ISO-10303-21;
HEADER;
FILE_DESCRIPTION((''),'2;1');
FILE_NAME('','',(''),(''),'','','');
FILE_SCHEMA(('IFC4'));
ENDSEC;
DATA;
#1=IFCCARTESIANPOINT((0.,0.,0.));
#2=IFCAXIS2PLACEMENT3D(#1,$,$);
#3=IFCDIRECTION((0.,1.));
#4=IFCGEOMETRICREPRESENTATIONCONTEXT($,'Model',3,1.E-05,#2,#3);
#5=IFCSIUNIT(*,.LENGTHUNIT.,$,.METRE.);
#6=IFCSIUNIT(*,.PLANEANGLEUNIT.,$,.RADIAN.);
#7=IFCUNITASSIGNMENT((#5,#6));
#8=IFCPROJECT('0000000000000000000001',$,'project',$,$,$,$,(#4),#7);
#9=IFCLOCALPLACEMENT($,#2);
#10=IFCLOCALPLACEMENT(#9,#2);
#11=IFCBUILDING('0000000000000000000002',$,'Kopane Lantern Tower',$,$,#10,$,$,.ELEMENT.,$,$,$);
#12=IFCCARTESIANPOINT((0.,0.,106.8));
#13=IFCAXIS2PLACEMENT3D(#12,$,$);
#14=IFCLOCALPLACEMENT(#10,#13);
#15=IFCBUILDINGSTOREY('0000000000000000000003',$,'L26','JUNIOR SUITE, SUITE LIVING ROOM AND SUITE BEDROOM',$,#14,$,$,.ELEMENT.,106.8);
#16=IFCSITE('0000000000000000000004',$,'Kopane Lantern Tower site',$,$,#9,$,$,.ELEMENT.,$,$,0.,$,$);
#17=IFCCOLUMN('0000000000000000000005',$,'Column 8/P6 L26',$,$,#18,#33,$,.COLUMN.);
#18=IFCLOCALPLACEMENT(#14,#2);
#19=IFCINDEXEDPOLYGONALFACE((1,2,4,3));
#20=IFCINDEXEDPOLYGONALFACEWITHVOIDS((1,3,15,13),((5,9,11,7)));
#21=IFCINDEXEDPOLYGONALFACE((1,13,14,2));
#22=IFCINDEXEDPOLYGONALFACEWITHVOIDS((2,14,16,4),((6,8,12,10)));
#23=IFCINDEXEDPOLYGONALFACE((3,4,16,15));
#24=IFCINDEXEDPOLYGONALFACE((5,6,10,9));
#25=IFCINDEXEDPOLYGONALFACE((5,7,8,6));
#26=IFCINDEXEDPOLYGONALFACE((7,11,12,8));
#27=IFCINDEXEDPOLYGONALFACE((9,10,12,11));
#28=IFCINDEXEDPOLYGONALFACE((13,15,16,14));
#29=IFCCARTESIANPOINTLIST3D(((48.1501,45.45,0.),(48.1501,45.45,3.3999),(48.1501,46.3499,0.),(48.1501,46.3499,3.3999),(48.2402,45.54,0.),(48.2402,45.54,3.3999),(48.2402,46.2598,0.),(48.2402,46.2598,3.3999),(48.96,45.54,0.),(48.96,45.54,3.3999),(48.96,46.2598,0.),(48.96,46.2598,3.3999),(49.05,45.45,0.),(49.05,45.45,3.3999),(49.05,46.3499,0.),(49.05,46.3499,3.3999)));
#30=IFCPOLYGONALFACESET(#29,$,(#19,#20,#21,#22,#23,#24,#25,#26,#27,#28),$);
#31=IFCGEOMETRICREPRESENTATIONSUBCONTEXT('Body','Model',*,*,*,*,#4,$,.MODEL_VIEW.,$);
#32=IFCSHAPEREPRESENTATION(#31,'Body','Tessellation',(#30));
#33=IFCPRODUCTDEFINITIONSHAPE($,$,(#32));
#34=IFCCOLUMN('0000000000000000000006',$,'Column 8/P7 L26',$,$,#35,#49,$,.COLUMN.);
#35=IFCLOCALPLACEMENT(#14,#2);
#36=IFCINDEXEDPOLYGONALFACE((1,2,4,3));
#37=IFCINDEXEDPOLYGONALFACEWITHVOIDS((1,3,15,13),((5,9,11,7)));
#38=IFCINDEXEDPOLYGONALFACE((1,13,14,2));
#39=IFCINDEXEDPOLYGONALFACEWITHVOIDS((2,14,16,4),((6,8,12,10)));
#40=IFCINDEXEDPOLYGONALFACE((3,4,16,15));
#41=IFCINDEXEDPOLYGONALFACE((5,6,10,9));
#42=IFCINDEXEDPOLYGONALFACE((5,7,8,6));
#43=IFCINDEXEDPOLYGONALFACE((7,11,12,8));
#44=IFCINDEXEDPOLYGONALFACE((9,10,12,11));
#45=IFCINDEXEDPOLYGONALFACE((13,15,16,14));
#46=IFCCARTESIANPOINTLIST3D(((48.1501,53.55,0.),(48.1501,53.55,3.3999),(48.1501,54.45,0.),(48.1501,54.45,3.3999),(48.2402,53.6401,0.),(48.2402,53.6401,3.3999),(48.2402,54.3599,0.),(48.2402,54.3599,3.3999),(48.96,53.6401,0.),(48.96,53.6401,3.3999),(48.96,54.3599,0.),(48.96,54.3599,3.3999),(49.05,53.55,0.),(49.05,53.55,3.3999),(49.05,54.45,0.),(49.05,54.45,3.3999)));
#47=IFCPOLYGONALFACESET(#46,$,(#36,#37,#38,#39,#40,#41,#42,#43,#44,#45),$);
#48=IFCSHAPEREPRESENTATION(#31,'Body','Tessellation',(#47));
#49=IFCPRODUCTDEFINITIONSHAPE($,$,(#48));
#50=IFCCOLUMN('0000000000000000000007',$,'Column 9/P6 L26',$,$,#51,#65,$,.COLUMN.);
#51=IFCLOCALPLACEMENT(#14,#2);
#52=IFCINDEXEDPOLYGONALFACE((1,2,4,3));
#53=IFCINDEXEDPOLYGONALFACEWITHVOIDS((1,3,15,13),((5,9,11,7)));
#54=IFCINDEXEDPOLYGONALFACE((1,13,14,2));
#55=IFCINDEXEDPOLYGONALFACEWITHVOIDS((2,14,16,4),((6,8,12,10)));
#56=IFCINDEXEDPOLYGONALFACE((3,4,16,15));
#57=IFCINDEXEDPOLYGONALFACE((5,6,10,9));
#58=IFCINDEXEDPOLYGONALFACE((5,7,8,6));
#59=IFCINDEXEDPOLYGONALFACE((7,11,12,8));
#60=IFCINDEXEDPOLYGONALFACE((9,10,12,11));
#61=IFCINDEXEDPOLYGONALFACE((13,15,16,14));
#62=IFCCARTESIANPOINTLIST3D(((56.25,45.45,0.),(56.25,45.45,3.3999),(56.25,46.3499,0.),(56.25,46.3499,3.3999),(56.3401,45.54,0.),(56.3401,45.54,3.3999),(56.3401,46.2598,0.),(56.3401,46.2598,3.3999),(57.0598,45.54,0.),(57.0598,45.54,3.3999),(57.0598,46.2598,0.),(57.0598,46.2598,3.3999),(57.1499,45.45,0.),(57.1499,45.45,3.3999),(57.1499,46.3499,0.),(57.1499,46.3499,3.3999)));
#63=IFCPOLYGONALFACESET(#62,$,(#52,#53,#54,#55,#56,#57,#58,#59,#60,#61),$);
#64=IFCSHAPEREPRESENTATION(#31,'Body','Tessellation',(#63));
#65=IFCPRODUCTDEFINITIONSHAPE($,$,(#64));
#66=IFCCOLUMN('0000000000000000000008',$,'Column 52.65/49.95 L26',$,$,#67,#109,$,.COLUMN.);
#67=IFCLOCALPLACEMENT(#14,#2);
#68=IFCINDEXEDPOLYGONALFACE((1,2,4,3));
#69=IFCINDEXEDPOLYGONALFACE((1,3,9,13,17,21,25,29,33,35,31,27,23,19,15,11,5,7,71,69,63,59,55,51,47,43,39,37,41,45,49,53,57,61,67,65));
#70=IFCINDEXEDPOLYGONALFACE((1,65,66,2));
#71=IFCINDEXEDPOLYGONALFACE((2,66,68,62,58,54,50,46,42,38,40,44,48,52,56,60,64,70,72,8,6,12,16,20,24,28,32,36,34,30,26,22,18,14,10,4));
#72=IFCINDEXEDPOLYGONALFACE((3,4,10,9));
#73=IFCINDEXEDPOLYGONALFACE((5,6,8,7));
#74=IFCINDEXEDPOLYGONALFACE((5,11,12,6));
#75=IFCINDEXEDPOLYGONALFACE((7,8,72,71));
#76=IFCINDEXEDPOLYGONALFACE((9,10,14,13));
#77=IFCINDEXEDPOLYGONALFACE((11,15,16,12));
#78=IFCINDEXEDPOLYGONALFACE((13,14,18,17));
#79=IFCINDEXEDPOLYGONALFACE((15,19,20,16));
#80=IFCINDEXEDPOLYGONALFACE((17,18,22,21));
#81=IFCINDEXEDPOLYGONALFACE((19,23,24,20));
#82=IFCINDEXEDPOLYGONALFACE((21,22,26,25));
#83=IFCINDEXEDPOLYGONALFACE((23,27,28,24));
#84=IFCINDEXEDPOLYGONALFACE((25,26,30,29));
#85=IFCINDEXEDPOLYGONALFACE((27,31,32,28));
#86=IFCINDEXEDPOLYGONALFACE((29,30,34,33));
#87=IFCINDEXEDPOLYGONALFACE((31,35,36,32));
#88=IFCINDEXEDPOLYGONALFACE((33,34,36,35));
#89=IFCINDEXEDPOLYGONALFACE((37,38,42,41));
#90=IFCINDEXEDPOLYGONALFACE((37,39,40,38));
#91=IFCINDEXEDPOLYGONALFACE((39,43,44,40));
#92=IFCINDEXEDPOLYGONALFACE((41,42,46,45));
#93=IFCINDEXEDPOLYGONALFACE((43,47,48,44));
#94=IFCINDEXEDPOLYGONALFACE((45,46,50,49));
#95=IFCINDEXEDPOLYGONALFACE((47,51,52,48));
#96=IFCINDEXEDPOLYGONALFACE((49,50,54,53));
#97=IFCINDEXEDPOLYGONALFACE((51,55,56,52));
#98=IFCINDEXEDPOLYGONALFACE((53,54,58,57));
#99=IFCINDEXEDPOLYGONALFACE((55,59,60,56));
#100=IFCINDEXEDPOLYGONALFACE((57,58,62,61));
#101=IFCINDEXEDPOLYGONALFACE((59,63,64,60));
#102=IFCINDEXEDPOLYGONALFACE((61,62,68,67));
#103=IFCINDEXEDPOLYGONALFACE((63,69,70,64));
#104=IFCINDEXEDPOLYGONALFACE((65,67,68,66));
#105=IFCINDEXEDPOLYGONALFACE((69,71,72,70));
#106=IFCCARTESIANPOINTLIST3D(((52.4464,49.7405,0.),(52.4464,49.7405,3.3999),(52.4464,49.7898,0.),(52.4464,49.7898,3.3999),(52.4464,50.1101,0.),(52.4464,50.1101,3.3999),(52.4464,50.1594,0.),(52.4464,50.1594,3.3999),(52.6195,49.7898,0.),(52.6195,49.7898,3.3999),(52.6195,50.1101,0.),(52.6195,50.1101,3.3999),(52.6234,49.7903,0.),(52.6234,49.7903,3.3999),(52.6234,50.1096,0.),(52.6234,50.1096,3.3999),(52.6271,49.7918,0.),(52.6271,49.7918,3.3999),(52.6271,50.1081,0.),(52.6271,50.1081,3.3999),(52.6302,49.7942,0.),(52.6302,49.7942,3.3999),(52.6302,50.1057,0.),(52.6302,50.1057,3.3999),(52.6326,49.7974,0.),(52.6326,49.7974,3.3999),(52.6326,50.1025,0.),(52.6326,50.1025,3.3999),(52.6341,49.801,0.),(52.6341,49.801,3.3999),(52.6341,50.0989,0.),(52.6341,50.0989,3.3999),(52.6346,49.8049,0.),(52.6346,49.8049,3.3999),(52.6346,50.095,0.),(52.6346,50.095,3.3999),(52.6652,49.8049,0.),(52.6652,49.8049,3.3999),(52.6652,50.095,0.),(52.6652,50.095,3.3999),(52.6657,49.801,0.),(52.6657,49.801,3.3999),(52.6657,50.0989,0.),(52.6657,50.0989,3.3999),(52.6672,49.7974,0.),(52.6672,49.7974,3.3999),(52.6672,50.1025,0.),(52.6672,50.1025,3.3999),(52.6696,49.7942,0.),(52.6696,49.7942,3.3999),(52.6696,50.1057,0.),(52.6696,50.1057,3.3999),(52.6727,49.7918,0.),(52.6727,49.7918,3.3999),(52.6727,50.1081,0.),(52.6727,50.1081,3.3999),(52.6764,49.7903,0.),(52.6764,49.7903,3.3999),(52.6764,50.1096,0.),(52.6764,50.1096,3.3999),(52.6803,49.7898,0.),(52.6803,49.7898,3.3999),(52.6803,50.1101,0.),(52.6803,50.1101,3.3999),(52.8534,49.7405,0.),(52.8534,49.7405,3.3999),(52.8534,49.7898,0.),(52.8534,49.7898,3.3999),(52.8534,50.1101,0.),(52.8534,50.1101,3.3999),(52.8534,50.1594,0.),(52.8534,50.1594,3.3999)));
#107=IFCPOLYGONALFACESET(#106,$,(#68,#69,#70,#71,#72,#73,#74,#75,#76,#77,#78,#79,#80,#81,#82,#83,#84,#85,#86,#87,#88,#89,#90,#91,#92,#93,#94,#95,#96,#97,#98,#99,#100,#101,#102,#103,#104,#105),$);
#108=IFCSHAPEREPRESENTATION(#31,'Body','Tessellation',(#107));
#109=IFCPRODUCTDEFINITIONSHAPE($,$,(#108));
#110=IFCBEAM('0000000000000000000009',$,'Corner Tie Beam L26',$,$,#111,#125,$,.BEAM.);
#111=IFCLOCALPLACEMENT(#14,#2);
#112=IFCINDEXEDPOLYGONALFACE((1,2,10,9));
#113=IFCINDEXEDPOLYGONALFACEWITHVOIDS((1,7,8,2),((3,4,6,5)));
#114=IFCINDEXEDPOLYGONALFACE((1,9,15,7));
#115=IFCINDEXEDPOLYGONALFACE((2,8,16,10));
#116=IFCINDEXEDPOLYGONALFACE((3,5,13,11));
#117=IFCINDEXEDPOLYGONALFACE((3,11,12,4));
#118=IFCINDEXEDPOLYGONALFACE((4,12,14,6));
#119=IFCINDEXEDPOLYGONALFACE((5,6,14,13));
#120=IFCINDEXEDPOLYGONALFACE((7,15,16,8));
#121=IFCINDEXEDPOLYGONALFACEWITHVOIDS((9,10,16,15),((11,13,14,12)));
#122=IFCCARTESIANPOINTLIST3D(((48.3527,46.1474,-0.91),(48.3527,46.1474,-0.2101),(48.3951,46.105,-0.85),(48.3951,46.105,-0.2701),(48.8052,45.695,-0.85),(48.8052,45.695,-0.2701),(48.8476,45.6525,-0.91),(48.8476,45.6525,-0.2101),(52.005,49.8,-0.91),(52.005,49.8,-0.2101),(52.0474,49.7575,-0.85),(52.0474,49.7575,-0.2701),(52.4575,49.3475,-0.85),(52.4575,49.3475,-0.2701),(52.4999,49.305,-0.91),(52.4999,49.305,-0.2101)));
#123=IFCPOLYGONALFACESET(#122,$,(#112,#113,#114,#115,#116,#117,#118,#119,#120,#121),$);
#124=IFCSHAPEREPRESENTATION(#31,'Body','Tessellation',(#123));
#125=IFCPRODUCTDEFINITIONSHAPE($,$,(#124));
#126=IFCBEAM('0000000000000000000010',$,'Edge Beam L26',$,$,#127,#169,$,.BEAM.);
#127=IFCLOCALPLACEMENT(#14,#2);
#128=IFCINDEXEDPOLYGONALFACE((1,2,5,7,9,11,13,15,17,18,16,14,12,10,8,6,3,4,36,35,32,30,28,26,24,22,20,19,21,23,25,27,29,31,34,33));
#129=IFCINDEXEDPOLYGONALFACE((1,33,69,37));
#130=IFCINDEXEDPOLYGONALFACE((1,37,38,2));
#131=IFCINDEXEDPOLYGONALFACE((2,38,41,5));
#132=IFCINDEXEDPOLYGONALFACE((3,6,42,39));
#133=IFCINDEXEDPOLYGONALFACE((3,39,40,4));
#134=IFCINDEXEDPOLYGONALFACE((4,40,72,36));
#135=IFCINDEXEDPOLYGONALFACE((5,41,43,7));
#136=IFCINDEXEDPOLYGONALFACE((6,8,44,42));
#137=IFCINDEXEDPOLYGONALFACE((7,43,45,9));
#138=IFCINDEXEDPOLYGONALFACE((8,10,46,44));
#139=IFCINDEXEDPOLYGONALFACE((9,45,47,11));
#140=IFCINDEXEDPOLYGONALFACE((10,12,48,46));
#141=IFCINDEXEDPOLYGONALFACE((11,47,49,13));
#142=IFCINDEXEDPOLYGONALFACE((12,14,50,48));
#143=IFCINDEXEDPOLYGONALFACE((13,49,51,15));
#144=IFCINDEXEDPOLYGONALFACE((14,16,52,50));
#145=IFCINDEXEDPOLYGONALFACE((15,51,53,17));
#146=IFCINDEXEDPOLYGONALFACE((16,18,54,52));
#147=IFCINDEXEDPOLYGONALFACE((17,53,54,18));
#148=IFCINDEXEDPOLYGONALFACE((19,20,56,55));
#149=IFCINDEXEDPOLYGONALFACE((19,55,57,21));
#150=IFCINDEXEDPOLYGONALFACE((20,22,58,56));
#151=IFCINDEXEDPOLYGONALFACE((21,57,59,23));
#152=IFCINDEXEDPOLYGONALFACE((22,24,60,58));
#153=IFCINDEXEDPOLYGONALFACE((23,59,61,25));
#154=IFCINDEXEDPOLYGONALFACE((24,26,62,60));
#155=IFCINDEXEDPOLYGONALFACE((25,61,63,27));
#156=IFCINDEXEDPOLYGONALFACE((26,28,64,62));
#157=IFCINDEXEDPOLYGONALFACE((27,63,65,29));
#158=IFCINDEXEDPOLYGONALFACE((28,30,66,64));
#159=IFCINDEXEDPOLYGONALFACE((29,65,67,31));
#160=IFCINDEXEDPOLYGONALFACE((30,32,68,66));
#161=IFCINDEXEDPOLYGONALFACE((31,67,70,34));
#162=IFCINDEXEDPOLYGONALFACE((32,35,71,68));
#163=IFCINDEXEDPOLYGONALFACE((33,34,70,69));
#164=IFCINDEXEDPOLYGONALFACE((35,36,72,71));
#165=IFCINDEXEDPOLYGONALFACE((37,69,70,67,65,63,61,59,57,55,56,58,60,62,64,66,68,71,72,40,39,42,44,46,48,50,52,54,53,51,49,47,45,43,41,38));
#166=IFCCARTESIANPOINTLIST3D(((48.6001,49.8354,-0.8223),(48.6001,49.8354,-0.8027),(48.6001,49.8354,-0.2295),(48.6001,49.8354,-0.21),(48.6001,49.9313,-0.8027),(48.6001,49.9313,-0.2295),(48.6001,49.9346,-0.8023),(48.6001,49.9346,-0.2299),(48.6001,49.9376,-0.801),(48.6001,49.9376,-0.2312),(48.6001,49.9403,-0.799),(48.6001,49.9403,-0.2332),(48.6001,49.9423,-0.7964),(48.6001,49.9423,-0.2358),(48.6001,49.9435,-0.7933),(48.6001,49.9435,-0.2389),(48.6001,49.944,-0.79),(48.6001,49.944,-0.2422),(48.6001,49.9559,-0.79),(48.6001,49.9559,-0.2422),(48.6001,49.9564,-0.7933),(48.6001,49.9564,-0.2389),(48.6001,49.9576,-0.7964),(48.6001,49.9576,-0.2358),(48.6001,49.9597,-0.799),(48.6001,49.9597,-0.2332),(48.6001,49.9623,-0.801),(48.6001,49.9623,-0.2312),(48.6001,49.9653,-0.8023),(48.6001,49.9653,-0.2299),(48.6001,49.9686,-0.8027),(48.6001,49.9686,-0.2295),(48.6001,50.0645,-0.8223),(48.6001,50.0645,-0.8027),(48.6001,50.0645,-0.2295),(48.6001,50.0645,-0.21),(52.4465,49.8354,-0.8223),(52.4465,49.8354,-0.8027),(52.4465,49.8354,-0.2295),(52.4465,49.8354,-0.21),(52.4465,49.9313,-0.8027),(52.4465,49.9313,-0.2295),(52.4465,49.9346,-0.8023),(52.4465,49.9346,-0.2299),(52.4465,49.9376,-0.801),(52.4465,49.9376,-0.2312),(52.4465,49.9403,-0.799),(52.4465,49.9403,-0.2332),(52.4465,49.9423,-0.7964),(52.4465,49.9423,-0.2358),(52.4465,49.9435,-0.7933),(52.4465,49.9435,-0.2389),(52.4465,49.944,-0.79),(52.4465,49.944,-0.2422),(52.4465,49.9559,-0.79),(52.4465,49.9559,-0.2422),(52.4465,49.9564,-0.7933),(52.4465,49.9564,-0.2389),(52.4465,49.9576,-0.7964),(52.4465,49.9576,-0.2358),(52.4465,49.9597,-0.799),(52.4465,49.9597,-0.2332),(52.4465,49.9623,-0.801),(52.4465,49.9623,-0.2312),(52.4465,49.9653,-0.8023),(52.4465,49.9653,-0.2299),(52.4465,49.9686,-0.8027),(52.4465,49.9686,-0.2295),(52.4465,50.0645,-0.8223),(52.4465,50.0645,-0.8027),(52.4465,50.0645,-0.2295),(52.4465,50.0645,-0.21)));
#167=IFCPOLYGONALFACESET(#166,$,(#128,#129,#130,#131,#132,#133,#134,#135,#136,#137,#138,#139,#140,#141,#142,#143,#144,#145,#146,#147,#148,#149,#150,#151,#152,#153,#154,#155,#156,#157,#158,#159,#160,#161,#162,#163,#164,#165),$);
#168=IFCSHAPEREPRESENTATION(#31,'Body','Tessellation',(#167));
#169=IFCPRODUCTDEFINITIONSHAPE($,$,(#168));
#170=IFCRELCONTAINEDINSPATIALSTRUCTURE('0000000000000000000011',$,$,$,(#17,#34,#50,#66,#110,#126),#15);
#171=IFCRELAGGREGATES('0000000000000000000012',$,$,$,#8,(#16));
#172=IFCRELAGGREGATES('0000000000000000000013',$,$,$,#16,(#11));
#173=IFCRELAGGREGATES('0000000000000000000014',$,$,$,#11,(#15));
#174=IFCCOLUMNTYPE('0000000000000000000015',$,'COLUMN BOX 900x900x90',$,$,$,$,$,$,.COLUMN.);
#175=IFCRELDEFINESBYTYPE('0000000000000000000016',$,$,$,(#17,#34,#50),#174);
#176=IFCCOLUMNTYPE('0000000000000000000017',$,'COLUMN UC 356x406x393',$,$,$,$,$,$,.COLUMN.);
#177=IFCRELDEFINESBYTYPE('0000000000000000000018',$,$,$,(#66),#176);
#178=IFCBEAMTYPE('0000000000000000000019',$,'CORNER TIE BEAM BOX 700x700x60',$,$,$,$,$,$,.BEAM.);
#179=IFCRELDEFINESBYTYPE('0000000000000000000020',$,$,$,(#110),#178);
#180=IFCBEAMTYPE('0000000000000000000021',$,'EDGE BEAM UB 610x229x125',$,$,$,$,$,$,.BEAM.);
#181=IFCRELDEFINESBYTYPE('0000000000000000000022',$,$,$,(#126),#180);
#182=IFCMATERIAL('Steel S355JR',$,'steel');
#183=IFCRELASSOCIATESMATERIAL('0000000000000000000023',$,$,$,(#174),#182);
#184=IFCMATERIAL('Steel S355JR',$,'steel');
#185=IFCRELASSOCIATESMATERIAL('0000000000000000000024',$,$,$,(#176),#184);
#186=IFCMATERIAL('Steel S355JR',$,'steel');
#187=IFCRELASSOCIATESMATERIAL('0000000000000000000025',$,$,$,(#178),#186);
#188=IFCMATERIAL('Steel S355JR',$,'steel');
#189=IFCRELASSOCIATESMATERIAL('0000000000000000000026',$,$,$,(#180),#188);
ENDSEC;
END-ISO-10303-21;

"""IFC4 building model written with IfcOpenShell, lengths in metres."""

from ifc_helpers import new_model, si_unit, direction, frame, origin, origin_2d, place, context, subcontext, project, spatial, hollow_rectangle, i_section, extrude, material, material_profile, profile_set, type_object, element, save


model = new_model("IFC4")

# Units and contexts
model_context = context("Model", 3, precision=1e-05, world=origin(), true_north=direction((0.0, 1.0)))
body_context = subcontext(model_context, "Body", "Model", "MODEL_VIEW")
ifc_project = project(units=[si_unit("LENGTHUNIT", "METRE"), si_unit("PLANEANGLEUNIT", "RADIAN")], contexts=[model_context])

# Site, building, storey
site_placement = place(None, origin())
site = spatial("IfcSite", under=ifc_project, at=site_placement, Name="Kopane Lantern Tower site", CompositionType="ELEMENT", RefElevation=0.0)
building_placement = place(site_placement, origin())
building = spatial("IfcBuilding", under=site, at=building_placement, Name="Kopane Lantern Tower", CompositionType="ELEMENT")
storey_placement = place(building_placement, frame((0.0, 0.0, 106.8)))
storey = spatial("IfcBuildingStorey", under=building, at=storey_placement, Name="L26", Description="JUNIOR SUITE, SUITE LIVING ROOM AND SUITE BEDROOM", CompositionType="ELEMENT", Elevation=106.8)

# Columns
ifc_material_1 = material(Name="Steel S355JR", Category="steel")
ifc_material_profile_1 = material_profile(ifc_material_1, hollow_rectangle(XDim=0.8999, YDim=0.8999, WallThickness=0.0901, at=origin_2d()), Name="BOX 900x900x90")
ifc_profile_set_1 = profile_set([ifc_material_profile_1], Name="Steel S355JR")
column_type_1 = type_object("IfcColumnType", Name="COLUMN BOX 900x900x90", PredefinedType="COLUMN", material=ifc_profile_set_1)
for number, where, z_axis, x_axis, name in (
    (1, (48.6001, 45.8999, 0.0), (0.0, 0.0, 1.0), (1.0, 0.0, 0.0), "Column 8/P6 L26"),
    (2, (48.6001, 54.0, 0.0), (0.0, 0.0, 1.0), (1.0, 0.0, 0.0), "Column 8/P7 L26"),
    (3, (56.7, 45.8999, 0.0), (0.0, 0.0, 1.0), (1.0, 0.0, 0.0), "Column 9/P6 L26"),
):
    element("IfcColumn", number, at=place(storey_placement, frame(where, z_axis=z_axis, x_axis=x_axis)), inside=storey, type_object=column_type_1, Name=name, PredefinedType="COLUMN", context=body_context, shape_type="SweptSolid", body=[
        extrude(hollow_rectangle(XDim=0.8999, YDim=0.8999, WallThickness=0.0901, at=origin_2d()), origin(), (0.0, 0.0, 1.0), 3.3999),
    ])
ifc_material_2 = material(Name="Steel S355JR", Category="steel")
ifc_material_profile_2 = material_profile(ifc_material_2, i_section(OverallWidth=0.407, OverallDepth=0.4189, WebThickness=0.0305, FlangeThickness=0.0493, FilletRadius=0.0151, at=origin_2d()), Name="UC 356x406x393")
ifc_profile_set_2 = profile_set([ifc_material_profile_2], Name="Steel S355JR")
column_type_2 = type_object("IfcColumnType", Name="COLUMN UC 356x406x393", PredefinedType="COLUMN", material=ifc_profile_set_2)
column_placement = place(storey_placement, frame((52.6499, 49.95, 0.0), z_axis=(0.0, 0.0, 1.0), x_axis=(1.0, 0.0, 0.0)))
element("IfcColumn", 4, at=column_placement, inside=storey, type_object=column_type_2, Name="Column 52.65/49.95 L26", PredefinedType="COLUMN", context=body_context, shape_type="SweptSolid", body=[
    extrude(i_section(OverallWidth=0.407, OverallDepth=0.4189, WebThickness=0.0305, FlangeThickness=0.0493, FilletRadius=0.0151, at=origin_2d()), origin(), (0.0, 0.0, 1.0), 3.3999),
])

# Beams
ifc_material_3 = material(Name="Steel S355JR", Category="steel")
ifc_material_profile_3 = material_profile(ifc_material_3, hollow_rectangle(XDim=0.7, YDim=0.7, WallThickness=0.0601, at=origin_2d()), Name="BOX 700x700x60")
ifc_profile_set_3 = profile_set([ifc_material_profile_3], Name="Steel S355JR")
beam_type_1 = type_object("IfcBeamType", Name="CORNER TIE BEAM BOX 700x700x60", PredefinedType="BEAM", material=ifc_profile_set_3)
beam_1_placement = place(storey_placement, frame((52.2524, 49.5525, -0.5601), z_axis=(-0.707083, -0.70713, 0.0), x_axis=(0.70713, -0.707083, 0.0)))
element("IfcBeam", 5, at=beam_1_placement, inside=storey, type_object=beam_type_1, Name="Corner Tie Beam L26", PredefinedType="BEAM", context=body_context, shape_type="SweptSolid", body=[
    extrude(hollow_rectangle(XDim=0.7, YDim=0.7, WallThickness=0.0601, at=origin_2d()), origin(), (0.0, 0.0, 1.0), 5.1653),
])
ifc_material_4 = material(Name="Steel S355JR", Category="steel")
ifc_material_profile_4 = material_profile(ifc_material_4, i_section(OverallWidth=0.229, OverallDepth=0.6123, WebThickness=0.012, FlangeThickness=0.0195, FilletRadius=0.0127, at=origin_2d()), Name="UB 610x229x125")
ifc_profile_set_4 = profile_set([ifc_material_profile_4], Name="Steel S355JR")
beam_type_2 = type_object("IfcBeamType", Name="EDGE BEAM UB 610x229x125", PredefinedType="BEAM", material=ifc_profile_set_4)
beam_2_placement = place(storey_placement, frame((52.4465, 49.95, -0.5161), z_axis=(-1.0, 0.0, 0.0), x_axis=(0.0, -1.0, 0.0)))
element("IfcBeam", 6, at=beam_2_placement, inside=storey, type_object=beam_type_2, Name="Edge Beam L26", PredefinedType="BEAM", context=body_context, shape_type="SweptSolid", body=[
    extrude(i_section(OverallWidth=0.229, OverallDepth=0.6123, WebThickness=0.012, FlangeThickness=0.0195, FilletRadius=0.0127, at=origin_2d()), origin(), (0.0, 0.0, 1.0), 3.8464),
])

save(model, "model.ifc")
